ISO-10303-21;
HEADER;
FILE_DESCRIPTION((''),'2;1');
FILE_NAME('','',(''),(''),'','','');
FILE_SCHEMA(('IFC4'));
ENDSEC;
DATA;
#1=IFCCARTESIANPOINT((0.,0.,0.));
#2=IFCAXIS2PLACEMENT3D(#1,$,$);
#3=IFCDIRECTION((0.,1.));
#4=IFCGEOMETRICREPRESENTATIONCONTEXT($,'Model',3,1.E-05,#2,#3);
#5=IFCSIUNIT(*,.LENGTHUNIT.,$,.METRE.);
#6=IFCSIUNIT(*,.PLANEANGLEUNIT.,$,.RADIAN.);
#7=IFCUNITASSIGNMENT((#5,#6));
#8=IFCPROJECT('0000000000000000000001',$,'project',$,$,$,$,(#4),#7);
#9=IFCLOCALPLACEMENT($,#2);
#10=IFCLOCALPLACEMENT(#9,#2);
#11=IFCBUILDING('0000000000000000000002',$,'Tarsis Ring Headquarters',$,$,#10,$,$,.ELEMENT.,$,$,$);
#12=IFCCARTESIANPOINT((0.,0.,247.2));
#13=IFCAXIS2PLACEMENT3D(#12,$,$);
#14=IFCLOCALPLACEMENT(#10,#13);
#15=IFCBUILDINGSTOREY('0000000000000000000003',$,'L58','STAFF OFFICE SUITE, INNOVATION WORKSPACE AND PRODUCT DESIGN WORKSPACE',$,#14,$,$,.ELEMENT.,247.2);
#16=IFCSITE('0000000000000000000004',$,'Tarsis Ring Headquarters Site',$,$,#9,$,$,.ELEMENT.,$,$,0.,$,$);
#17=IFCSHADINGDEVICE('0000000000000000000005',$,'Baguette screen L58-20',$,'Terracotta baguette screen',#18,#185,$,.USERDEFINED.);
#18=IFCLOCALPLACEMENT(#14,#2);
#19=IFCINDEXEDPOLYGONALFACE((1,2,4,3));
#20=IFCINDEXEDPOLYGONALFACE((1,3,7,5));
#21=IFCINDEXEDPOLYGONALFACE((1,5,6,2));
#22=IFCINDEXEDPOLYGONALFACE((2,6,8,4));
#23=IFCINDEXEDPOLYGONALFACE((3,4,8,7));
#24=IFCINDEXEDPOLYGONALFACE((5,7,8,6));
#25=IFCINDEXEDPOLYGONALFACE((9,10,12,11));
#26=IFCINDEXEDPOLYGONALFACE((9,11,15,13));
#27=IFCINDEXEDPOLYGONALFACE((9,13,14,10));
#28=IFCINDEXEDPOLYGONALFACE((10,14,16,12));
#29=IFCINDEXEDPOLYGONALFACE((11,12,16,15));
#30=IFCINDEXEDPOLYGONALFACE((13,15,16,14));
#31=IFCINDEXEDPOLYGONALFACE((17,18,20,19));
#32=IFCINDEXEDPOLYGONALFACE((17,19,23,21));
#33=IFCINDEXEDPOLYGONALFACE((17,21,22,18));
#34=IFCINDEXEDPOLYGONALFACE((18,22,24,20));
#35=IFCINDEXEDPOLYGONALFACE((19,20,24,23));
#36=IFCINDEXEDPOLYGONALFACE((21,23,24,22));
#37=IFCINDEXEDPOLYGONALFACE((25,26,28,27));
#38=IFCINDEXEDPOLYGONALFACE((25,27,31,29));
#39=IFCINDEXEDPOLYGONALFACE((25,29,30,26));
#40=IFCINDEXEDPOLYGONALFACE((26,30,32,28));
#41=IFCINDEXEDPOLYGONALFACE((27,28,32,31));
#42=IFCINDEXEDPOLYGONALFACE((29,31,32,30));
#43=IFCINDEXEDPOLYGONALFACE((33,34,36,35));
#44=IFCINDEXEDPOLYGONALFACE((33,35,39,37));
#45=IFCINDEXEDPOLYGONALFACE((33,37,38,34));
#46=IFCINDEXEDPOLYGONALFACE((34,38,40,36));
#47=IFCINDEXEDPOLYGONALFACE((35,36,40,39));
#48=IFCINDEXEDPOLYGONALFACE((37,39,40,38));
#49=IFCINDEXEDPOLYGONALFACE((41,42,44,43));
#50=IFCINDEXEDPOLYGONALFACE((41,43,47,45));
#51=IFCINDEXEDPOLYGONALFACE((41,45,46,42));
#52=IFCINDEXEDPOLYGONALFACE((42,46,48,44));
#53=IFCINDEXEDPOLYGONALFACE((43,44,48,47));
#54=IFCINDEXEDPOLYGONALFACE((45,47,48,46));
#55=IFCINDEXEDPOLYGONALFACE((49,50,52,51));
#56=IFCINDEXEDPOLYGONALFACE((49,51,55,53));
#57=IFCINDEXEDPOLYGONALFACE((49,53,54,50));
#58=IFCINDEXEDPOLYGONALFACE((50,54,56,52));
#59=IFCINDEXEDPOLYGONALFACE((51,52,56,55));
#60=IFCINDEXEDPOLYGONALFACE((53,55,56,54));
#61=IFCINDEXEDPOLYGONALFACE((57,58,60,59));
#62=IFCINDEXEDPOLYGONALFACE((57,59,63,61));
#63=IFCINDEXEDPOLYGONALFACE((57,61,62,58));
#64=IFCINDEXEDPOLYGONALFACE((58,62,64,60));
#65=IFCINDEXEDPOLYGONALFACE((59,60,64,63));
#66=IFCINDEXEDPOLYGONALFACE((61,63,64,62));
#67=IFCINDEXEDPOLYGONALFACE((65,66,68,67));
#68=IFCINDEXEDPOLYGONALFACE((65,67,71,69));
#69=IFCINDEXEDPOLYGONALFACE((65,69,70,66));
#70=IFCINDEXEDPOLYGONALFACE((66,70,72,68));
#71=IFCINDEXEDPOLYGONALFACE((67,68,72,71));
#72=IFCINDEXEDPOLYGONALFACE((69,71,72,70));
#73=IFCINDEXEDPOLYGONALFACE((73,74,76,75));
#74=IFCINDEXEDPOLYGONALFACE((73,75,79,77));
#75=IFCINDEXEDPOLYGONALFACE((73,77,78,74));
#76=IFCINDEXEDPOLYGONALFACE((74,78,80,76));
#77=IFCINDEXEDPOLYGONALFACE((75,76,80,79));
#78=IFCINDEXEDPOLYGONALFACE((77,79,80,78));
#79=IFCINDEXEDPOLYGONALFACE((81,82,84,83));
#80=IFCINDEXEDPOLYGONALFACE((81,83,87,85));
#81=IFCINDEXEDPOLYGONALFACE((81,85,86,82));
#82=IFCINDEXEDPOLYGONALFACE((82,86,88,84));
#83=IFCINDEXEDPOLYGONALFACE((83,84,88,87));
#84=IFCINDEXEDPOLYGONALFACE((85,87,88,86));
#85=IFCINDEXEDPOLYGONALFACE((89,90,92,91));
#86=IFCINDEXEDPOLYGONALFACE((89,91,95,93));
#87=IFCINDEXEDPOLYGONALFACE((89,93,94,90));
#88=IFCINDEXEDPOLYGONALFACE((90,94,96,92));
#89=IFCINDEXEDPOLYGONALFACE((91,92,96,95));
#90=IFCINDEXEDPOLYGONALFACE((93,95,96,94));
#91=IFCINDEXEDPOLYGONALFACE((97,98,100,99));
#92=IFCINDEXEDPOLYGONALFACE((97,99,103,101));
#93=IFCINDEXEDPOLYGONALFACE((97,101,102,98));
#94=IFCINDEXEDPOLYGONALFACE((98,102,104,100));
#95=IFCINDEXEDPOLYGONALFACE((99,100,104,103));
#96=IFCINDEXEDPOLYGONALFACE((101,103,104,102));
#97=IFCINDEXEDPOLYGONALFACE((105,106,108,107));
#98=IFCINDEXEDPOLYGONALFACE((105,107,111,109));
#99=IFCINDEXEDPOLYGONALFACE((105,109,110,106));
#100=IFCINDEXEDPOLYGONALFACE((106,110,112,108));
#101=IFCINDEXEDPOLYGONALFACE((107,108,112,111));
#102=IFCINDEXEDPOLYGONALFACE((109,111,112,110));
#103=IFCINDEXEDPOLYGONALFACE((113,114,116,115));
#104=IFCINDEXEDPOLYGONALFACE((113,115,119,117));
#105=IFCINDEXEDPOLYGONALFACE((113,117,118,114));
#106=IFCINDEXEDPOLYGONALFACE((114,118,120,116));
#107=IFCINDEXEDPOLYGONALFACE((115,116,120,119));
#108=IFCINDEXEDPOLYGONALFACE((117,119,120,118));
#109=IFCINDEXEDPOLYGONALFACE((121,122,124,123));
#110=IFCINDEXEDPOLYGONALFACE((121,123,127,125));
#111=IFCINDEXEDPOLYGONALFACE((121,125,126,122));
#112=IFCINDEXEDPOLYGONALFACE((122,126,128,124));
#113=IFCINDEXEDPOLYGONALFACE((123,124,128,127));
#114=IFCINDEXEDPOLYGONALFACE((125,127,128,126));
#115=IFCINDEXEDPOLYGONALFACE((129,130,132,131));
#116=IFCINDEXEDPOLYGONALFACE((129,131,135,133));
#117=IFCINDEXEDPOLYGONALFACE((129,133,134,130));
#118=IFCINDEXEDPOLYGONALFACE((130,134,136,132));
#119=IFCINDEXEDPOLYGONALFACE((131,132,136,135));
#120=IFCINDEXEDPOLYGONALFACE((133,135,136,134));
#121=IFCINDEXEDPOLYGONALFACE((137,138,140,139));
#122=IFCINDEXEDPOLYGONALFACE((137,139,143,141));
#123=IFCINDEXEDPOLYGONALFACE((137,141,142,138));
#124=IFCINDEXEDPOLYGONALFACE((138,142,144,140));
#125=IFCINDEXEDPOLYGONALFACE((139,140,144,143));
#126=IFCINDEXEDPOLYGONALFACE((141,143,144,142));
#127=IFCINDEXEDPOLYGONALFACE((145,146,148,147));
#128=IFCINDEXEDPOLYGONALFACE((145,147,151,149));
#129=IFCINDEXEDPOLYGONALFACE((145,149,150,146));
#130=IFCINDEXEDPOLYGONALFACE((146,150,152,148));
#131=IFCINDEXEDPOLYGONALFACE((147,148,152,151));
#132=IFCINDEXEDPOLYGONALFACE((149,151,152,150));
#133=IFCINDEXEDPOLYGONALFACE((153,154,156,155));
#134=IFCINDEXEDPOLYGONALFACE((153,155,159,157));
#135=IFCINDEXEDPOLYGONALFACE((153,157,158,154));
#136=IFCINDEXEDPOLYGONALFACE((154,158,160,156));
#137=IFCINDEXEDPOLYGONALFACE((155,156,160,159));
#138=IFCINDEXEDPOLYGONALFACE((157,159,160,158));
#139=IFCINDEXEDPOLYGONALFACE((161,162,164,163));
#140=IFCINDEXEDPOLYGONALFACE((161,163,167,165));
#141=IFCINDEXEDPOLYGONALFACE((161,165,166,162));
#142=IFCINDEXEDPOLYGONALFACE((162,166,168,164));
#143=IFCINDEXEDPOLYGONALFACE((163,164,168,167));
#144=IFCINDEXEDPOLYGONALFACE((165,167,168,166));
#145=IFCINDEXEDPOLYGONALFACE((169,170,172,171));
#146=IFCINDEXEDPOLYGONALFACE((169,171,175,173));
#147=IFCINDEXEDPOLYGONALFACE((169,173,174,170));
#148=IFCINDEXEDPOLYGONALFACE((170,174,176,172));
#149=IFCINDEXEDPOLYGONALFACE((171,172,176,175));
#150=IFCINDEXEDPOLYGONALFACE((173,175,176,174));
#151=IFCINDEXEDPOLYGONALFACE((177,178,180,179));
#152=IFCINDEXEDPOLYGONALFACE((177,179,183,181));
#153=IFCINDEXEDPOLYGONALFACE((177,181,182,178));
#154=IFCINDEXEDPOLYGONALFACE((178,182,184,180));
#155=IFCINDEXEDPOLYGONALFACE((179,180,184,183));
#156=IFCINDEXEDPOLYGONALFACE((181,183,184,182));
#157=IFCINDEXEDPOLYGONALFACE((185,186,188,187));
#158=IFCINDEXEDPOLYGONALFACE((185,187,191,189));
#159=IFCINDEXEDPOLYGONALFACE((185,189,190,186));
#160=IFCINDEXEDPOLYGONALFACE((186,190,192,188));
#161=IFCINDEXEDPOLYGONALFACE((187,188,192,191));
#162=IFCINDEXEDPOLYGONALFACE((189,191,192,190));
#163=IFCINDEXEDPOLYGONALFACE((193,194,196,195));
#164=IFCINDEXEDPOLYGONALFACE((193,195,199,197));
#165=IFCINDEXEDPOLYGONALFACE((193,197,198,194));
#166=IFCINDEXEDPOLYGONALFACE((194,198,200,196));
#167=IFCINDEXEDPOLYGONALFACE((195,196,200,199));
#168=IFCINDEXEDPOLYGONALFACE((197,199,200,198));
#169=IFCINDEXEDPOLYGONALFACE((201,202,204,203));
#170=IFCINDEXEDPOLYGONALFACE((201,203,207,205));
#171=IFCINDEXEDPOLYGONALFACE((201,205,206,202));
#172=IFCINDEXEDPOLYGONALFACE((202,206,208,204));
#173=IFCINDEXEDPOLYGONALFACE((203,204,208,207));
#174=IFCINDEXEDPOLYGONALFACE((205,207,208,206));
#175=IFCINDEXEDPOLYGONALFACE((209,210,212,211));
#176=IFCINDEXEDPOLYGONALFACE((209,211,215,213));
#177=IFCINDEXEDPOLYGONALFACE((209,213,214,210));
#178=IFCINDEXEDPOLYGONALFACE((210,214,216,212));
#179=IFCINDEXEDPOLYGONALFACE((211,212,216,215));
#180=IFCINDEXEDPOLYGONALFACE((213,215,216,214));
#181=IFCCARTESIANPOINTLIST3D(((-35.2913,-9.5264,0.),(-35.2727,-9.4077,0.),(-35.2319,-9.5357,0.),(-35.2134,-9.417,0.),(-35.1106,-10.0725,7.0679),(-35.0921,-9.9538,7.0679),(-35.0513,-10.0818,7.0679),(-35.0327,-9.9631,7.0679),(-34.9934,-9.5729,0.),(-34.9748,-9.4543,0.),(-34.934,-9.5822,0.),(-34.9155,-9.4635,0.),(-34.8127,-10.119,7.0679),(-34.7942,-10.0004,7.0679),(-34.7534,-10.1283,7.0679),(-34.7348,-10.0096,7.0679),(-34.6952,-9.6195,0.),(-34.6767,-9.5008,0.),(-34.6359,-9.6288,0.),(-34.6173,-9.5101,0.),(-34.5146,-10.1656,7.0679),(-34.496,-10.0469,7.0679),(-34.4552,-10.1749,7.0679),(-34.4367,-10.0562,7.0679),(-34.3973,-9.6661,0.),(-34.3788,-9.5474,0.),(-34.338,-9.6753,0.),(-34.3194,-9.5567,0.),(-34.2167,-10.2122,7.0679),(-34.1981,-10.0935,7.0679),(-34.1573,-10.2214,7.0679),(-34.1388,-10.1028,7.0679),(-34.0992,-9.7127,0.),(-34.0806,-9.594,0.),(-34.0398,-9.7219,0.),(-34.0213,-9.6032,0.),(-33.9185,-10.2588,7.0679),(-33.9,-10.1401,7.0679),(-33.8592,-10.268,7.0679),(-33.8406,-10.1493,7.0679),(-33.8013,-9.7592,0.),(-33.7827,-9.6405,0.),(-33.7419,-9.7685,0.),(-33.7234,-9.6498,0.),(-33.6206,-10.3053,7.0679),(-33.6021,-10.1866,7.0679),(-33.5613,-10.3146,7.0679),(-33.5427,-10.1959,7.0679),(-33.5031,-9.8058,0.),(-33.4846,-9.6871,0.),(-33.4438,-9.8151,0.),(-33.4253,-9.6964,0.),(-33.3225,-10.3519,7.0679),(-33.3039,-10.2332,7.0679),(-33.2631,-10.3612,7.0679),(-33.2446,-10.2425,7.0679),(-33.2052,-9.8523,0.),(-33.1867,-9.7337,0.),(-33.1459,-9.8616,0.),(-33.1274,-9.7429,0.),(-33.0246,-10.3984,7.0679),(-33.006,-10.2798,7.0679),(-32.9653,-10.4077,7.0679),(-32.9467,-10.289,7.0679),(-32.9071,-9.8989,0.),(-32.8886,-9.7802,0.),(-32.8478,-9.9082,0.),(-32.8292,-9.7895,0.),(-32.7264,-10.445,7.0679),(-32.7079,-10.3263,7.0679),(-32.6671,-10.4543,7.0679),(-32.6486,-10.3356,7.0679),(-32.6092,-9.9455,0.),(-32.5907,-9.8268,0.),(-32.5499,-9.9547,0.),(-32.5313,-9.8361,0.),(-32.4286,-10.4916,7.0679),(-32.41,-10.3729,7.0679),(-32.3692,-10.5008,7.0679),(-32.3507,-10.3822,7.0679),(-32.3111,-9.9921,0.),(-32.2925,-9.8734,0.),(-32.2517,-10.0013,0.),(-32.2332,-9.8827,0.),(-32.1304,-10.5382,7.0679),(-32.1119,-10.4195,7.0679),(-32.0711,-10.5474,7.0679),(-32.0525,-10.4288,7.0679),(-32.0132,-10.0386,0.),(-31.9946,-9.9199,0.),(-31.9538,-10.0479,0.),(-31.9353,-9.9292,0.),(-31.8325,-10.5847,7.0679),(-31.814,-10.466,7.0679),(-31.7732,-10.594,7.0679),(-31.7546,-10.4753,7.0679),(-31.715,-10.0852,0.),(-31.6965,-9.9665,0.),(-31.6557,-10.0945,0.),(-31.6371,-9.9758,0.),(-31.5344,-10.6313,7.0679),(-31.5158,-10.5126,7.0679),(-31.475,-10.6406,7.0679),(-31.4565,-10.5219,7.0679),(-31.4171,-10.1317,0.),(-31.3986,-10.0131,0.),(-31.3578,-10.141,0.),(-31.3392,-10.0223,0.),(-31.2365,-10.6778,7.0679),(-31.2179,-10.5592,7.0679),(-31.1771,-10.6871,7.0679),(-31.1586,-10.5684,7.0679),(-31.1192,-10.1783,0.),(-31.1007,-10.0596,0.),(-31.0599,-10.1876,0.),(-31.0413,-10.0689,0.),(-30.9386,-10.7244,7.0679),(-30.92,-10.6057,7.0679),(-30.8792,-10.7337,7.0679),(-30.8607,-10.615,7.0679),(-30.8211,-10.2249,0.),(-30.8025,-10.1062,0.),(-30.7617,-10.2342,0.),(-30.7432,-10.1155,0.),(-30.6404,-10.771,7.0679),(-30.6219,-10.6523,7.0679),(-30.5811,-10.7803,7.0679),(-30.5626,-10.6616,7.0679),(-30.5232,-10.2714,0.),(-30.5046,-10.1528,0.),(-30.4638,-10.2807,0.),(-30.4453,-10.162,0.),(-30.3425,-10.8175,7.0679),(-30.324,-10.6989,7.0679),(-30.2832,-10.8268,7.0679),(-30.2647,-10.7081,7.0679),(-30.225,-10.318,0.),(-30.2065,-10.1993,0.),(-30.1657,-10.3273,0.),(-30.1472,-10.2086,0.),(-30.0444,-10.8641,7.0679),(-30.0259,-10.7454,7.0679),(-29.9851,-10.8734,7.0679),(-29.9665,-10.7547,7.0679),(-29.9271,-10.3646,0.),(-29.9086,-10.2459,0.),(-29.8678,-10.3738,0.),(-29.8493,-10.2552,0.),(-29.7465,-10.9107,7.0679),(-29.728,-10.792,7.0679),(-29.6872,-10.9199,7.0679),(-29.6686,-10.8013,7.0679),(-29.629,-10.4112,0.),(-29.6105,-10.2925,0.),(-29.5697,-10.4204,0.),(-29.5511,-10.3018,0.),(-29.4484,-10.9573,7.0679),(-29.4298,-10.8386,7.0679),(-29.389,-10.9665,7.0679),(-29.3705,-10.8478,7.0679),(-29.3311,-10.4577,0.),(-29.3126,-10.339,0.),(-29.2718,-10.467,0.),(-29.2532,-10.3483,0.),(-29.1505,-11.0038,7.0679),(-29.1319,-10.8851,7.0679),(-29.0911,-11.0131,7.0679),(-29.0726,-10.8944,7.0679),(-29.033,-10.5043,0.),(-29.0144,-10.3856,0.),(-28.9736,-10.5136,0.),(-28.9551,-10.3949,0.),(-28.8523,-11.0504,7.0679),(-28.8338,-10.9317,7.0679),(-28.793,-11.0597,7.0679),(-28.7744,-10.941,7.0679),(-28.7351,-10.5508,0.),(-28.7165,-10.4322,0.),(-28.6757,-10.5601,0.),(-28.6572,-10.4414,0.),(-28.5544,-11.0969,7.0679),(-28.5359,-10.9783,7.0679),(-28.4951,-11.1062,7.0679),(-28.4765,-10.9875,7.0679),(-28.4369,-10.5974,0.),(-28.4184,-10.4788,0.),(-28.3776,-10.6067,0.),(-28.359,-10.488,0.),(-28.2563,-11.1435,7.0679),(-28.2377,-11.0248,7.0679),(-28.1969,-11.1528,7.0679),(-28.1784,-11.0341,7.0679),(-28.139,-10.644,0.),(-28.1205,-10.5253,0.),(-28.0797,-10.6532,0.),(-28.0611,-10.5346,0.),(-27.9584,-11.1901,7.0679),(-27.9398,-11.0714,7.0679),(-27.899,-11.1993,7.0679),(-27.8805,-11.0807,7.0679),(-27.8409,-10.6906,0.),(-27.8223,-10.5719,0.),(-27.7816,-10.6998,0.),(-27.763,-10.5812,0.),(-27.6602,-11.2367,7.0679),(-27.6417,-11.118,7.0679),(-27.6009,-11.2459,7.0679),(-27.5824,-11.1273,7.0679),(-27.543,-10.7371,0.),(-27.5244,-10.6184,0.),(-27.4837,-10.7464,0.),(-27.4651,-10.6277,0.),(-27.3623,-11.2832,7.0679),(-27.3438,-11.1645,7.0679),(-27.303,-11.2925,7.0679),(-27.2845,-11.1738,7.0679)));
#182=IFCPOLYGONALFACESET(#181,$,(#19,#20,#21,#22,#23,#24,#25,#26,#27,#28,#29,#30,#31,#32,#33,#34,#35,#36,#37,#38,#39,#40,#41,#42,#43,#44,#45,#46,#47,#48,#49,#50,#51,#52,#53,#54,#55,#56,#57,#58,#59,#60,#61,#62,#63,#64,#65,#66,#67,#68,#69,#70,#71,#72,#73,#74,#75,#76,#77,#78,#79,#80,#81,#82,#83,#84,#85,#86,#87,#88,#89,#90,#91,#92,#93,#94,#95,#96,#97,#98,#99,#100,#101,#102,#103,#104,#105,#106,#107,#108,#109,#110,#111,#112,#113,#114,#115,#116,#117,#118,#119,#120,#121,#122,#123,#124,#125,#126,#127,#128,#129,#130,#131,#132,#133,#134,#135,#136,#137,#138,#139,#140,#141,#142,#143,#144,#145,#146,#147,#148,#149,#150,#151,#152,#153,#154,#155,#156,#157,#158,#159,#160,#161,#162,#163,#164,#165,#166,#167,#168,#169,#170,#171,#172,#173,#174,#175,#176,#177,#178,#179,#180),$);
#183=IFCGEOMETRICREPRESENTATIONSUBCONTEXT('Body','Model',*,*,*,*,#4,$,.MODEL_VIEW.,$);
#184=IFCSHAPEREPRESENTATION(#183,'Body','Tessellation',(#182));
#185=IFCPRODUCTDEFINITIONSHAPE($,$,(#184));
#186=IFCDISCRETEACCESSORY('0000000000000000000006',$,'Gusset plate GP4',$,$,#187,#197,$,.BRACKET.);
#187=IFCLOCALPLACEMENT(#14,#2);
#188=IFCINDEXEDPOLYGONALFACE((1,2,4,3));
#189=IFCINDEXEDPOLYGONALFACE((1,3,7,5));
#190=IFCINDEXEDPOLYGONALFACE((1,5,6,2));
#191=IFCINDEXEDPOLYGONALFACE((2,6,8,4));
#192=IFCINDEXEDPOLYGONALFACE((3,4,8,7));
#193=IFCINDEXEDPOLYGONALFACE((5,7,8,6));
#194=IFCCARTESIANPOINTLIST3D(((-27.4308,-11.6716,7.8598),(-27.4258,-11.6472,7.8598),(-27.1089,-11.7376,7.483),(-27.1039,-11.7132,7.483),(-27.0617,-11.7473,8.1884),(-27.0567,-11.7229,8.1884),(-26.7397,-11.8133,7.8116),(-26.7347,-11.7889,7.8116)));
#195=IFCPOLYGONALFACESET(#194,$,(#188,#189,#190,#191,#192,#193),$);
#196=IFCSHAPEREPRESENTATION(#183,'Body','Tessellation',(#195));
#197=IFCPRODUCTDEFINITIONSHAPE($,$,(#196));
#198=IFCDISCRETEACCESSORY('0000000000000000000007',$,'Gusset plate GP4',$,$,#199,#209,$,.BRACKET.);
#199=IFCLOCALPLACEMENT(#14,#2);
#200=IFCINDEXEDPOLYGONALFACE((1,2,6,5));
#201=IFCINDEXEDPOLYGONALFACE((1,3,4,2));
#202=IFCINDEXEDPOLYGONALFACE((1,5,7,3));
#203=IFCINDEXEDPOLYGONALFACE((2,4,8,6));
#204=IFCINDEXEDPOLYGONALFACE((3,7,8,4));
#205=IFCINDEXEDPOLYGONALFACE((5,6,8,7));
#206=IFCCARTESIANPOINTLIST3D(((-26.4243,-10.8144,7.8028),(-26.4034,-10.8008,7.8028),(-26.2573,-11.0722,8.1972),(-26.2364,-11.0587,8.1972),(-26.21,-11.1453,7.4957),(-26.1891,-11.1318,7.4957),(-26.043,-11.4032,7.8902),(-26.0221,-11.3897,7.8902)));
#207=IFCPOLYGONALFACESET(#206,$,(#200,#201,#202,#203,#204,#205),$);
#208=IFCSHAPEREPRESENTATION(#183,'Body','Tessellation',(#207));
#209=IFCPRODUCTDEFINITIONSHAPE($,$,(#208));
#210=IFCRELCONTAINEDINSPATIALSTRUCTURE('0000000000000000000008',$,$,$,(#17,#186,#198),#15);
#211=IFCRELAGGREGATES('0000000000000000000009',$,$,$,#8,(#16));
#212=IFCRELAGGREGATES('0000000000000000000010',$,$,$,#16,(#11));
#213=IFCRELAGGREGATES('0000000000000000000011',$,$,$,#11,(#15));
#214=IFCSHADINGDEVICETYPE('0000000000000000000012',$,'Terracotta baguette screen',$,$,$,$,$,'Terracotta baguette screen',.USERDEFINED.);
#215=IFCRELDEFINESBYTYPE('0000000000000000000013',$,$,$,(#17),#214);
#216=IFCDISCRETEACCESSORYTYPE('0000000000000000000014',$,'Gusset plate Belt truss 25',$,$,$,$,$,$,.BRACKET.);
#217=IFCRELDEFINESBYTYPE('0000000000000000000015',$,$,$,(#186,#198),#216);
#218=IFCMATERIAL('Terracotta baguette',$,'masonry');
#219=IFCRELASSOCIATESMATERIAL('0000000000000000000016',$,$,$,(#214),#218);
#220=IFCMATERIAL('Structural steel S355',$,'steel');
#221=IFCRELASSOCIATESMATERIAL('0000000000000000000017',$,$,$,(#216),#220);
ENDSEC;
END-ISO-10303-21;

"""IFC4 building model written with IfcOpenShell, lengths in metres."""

from ifc_helpers import new_model, si_unit, direction, frame, frame_2d, origin, origin_2d, place, context, subcontext, project, spatial, rectangle, composite_profile, extrude, material, material_profile, profile_set, type_object, element, save


model = new_model("IFC4")

# Units and contexts
model_context = context("Model", 3, precision=1e-05, world=origin(), true_north=direction((0.0, 1.0)))
body_context = subcontext(model_context, "Body", "Model", "MODEL_VIEW")
ifc_project = project(units=[si_unit("LENGTHUNIT", "METRE"), si_unit("PLANEANGLEUNIT", "RADIAN")], contexts=[model_context])

# Site, building, storey
site_placement = place(None, origin())
site = spatial("IfcSite", under=ifc_project, at=site_placement, Name="Tarsis Ring Headquarters Site", CompositionType="ELEMENT", RefElevation=0.0)
building_placement = place(site_placement, origin())
building = spatial("IfcBuilding", under=site, at=building_placement, Name="Tarsis Ring Headquarters", CompositionType="ELEMENT")
storey_placement = place(building_placement, frame((0.0, 0.0, 247.2)))
storey = spatial("IfcBuildingStorey", under=building, at=storey_placement, Name="L58", Description="STAFF OFFICE SUITE, INNOVATION WORKSPACE AND PRODUCT DESIGN WORKSPACE", CompositionType="ELEMENT", Elevation=247.2)

# Shared definitions
ifc_material_1 = material(Name="Structural steel S355", Category="steel")

# Shading device
ifc_material_2 = material(Name="Terracotta baguette", Category="masonry")
shading_device_type = type_object("IfcShadingDeviceType", Name="Terracotta baguette screen", ElementType="Terracotta baguette screen", PredefinedType="USERDEFINED", material=ifc_material_2)
shading_device_1_placement = place(storey_placement, frame((-35.282, -9.467, 0.0), z_axis=(0.0, 0.0, 1.0), x_axis=(0.988012, -0.154386, 0.0)))
element("IfcShadingDevice", 1, at=shading_device_1_placement, inside=storey, type_object=shading_device_type, Name="Baguette screen L58-20", ObjectType="Terracotta baguette screen", PredefinedType="USERDEFINED", context=body_context, shape_type="SweptSolid", body=[
    extrude(composite_profile([rectangle(XDim=0.0601, YDim=0.1201, at=frame_2d((0.03, 0.0))), rectangle(XDim=0.0601, YDim=0.1201, at=frame_2d((0.3315, 0.0))), rectangle(XDim=0.0601, YDim=0.1201, at=frame_2d((0.6333, 0.0))), rectangle(XDim=0.0601, YDim=0.1201, at=frame_2d((0.9348, 0.0))), rectangle(XDim=0.0601, YDim=0.1201, at=frame_2d((1.2366, 0.0))), rectangle(XDim=0.0601, YDim=0.1201, at=frame_2d((1.5381, 0.0))), rectangle(XDim=0.0601, YDim=0.1201, at=frame_2d((1.8398, 0.0))), rectangle(XDim=0.0601, YDim=0.1201, at=frame_2d((2.1414, 0.0))), rectangle(XDim=0.0601, YDim=0.1201, at=frame_2d((2.4431, 0.0))), rectangle(XDim=0.0601, YDim=0.1201, at=frame_2d((2.7446, 0.0))), rectangle(XDim=0.0601, YDim=0.1201, at=frame_2d((3.0464, 0.0))), rectangle(XDim=0.0601, YDim=0.1201, at=frame_2d((3.3479, 0.0))), rectangle(XDim=0.0601, YDim=0.1201, at=frame_2d((3.6497, 0.0))), rectangle(XDim=0.0601, YDim=0.1201, at=frame_2d((3.9512, 0.0))), rectangle(XDim=0.0601, YDim=0.1201, at=frame_2d((4.2527, 0.0))), rectangle(XDim=0.0601, YDim=0.1201, at=frame_2d((4.5544, 0.0))), rectangle(XDim=0.0601, YDim=0.1201, at=frame_2d((4.856, 0.0))), rectangle(XDim=0.0601, YDim=0.1201, at=frame_2d((5.1577, 0.0))), rectangle(XDim=0.0601, YDim=0.1201, at=frame_2d((5.4592, 0.0))), rectangle(XDim=0.0601, YDim=0.1201, at=frame_2d((5.761, 0.0))), rectangle(XDim=0.0601, YDim=0.1201, at=frame_2d((6.0625, 0.0))), rectangle(XDim=0.0601, YDim=0.1201, at=frame_2d((6.3643, 0.0))), rectangle(XDim=0.0601, YDim=0.1201, at=frame_2d((6.6658, 0.0))), rectangle(XDim=0.0601, YDim=0.1201, at=frame_2d((6.9675, 0.0))), rectangle(XDim=0.0601, YDim=0.1201, at=frame_2d((7.269, 0.0))), rectangle(XDim=0.0601, YDim=0.1201, at=frame_2d((7.5708, 0.0))), rectangle(XDim=0.0601, YDim=0.1201, at=frame_2d((7.8723, 0.0)))]), origin(), (0.037059, -0.072153, 0.996705), 7.0913),
])

# Discrete accessories
ifc_material_profile_1 = material_profile(ifc_material_1, rectangle(XDim=0.0249, YDim=0.5, at=origin_2d()), Name="PL 25x500")
ifc_profile_set_1 = profile_set([ifc_material_profile_1], Name="Structural steel S355")
discrete_accessory_type = type_object("IfcDiscreteAccessoryType", Name="Gusset plate Belt truss 25", PredefinedType="BRACKET", material=ifc_profile_set_1)
discrete_accessory_1_placement = place(storey_placement, frame((-26.8982, -11.7681, 8.0), z_axis=(-0.738312, 0.151373, -0.657254), x_axis=(-0.200848, -0.979622, 0.0)))
element("IfcDiscreteAccessory", 2, at=discrete_accessory_1_placement, inside=storey, type_object=discrete_accessory_type, Name="Gusset plate GP4", PredefinedType="BRACKET", context=body_context, shape_type="SweptSolid", body=[
    extrude(rectangle(XDim=0.0249, YDim=0.5, at=origin_2d()), origin(), (0.0, 0.0, 1.0), 0.5),
])
discrete_accessory_2_placement = place(storey_placement, frame((-26.3303, -10.9365, 8.0), z_axis=(0.428819, -0.662277, -0.614413), x_axis=(0.839404, 0.543508, 0.0)))
element("IfcDiscreteAccessory", 3, at=discrete_accessory_2_placement, inside=storey, type_object=discrete_accessory_type, Name="Gusset plate GP4", PredefinedType="BRACKET", context=body_context, shape_type="SweptSolid", body=[
    extrude(rectangle(XDim=0.0249, YDim=0.5, at=origin_2d()), origin(), (0.0, 0.0, 1.0), 0.4998),
])

save(model, "model.ifc")
